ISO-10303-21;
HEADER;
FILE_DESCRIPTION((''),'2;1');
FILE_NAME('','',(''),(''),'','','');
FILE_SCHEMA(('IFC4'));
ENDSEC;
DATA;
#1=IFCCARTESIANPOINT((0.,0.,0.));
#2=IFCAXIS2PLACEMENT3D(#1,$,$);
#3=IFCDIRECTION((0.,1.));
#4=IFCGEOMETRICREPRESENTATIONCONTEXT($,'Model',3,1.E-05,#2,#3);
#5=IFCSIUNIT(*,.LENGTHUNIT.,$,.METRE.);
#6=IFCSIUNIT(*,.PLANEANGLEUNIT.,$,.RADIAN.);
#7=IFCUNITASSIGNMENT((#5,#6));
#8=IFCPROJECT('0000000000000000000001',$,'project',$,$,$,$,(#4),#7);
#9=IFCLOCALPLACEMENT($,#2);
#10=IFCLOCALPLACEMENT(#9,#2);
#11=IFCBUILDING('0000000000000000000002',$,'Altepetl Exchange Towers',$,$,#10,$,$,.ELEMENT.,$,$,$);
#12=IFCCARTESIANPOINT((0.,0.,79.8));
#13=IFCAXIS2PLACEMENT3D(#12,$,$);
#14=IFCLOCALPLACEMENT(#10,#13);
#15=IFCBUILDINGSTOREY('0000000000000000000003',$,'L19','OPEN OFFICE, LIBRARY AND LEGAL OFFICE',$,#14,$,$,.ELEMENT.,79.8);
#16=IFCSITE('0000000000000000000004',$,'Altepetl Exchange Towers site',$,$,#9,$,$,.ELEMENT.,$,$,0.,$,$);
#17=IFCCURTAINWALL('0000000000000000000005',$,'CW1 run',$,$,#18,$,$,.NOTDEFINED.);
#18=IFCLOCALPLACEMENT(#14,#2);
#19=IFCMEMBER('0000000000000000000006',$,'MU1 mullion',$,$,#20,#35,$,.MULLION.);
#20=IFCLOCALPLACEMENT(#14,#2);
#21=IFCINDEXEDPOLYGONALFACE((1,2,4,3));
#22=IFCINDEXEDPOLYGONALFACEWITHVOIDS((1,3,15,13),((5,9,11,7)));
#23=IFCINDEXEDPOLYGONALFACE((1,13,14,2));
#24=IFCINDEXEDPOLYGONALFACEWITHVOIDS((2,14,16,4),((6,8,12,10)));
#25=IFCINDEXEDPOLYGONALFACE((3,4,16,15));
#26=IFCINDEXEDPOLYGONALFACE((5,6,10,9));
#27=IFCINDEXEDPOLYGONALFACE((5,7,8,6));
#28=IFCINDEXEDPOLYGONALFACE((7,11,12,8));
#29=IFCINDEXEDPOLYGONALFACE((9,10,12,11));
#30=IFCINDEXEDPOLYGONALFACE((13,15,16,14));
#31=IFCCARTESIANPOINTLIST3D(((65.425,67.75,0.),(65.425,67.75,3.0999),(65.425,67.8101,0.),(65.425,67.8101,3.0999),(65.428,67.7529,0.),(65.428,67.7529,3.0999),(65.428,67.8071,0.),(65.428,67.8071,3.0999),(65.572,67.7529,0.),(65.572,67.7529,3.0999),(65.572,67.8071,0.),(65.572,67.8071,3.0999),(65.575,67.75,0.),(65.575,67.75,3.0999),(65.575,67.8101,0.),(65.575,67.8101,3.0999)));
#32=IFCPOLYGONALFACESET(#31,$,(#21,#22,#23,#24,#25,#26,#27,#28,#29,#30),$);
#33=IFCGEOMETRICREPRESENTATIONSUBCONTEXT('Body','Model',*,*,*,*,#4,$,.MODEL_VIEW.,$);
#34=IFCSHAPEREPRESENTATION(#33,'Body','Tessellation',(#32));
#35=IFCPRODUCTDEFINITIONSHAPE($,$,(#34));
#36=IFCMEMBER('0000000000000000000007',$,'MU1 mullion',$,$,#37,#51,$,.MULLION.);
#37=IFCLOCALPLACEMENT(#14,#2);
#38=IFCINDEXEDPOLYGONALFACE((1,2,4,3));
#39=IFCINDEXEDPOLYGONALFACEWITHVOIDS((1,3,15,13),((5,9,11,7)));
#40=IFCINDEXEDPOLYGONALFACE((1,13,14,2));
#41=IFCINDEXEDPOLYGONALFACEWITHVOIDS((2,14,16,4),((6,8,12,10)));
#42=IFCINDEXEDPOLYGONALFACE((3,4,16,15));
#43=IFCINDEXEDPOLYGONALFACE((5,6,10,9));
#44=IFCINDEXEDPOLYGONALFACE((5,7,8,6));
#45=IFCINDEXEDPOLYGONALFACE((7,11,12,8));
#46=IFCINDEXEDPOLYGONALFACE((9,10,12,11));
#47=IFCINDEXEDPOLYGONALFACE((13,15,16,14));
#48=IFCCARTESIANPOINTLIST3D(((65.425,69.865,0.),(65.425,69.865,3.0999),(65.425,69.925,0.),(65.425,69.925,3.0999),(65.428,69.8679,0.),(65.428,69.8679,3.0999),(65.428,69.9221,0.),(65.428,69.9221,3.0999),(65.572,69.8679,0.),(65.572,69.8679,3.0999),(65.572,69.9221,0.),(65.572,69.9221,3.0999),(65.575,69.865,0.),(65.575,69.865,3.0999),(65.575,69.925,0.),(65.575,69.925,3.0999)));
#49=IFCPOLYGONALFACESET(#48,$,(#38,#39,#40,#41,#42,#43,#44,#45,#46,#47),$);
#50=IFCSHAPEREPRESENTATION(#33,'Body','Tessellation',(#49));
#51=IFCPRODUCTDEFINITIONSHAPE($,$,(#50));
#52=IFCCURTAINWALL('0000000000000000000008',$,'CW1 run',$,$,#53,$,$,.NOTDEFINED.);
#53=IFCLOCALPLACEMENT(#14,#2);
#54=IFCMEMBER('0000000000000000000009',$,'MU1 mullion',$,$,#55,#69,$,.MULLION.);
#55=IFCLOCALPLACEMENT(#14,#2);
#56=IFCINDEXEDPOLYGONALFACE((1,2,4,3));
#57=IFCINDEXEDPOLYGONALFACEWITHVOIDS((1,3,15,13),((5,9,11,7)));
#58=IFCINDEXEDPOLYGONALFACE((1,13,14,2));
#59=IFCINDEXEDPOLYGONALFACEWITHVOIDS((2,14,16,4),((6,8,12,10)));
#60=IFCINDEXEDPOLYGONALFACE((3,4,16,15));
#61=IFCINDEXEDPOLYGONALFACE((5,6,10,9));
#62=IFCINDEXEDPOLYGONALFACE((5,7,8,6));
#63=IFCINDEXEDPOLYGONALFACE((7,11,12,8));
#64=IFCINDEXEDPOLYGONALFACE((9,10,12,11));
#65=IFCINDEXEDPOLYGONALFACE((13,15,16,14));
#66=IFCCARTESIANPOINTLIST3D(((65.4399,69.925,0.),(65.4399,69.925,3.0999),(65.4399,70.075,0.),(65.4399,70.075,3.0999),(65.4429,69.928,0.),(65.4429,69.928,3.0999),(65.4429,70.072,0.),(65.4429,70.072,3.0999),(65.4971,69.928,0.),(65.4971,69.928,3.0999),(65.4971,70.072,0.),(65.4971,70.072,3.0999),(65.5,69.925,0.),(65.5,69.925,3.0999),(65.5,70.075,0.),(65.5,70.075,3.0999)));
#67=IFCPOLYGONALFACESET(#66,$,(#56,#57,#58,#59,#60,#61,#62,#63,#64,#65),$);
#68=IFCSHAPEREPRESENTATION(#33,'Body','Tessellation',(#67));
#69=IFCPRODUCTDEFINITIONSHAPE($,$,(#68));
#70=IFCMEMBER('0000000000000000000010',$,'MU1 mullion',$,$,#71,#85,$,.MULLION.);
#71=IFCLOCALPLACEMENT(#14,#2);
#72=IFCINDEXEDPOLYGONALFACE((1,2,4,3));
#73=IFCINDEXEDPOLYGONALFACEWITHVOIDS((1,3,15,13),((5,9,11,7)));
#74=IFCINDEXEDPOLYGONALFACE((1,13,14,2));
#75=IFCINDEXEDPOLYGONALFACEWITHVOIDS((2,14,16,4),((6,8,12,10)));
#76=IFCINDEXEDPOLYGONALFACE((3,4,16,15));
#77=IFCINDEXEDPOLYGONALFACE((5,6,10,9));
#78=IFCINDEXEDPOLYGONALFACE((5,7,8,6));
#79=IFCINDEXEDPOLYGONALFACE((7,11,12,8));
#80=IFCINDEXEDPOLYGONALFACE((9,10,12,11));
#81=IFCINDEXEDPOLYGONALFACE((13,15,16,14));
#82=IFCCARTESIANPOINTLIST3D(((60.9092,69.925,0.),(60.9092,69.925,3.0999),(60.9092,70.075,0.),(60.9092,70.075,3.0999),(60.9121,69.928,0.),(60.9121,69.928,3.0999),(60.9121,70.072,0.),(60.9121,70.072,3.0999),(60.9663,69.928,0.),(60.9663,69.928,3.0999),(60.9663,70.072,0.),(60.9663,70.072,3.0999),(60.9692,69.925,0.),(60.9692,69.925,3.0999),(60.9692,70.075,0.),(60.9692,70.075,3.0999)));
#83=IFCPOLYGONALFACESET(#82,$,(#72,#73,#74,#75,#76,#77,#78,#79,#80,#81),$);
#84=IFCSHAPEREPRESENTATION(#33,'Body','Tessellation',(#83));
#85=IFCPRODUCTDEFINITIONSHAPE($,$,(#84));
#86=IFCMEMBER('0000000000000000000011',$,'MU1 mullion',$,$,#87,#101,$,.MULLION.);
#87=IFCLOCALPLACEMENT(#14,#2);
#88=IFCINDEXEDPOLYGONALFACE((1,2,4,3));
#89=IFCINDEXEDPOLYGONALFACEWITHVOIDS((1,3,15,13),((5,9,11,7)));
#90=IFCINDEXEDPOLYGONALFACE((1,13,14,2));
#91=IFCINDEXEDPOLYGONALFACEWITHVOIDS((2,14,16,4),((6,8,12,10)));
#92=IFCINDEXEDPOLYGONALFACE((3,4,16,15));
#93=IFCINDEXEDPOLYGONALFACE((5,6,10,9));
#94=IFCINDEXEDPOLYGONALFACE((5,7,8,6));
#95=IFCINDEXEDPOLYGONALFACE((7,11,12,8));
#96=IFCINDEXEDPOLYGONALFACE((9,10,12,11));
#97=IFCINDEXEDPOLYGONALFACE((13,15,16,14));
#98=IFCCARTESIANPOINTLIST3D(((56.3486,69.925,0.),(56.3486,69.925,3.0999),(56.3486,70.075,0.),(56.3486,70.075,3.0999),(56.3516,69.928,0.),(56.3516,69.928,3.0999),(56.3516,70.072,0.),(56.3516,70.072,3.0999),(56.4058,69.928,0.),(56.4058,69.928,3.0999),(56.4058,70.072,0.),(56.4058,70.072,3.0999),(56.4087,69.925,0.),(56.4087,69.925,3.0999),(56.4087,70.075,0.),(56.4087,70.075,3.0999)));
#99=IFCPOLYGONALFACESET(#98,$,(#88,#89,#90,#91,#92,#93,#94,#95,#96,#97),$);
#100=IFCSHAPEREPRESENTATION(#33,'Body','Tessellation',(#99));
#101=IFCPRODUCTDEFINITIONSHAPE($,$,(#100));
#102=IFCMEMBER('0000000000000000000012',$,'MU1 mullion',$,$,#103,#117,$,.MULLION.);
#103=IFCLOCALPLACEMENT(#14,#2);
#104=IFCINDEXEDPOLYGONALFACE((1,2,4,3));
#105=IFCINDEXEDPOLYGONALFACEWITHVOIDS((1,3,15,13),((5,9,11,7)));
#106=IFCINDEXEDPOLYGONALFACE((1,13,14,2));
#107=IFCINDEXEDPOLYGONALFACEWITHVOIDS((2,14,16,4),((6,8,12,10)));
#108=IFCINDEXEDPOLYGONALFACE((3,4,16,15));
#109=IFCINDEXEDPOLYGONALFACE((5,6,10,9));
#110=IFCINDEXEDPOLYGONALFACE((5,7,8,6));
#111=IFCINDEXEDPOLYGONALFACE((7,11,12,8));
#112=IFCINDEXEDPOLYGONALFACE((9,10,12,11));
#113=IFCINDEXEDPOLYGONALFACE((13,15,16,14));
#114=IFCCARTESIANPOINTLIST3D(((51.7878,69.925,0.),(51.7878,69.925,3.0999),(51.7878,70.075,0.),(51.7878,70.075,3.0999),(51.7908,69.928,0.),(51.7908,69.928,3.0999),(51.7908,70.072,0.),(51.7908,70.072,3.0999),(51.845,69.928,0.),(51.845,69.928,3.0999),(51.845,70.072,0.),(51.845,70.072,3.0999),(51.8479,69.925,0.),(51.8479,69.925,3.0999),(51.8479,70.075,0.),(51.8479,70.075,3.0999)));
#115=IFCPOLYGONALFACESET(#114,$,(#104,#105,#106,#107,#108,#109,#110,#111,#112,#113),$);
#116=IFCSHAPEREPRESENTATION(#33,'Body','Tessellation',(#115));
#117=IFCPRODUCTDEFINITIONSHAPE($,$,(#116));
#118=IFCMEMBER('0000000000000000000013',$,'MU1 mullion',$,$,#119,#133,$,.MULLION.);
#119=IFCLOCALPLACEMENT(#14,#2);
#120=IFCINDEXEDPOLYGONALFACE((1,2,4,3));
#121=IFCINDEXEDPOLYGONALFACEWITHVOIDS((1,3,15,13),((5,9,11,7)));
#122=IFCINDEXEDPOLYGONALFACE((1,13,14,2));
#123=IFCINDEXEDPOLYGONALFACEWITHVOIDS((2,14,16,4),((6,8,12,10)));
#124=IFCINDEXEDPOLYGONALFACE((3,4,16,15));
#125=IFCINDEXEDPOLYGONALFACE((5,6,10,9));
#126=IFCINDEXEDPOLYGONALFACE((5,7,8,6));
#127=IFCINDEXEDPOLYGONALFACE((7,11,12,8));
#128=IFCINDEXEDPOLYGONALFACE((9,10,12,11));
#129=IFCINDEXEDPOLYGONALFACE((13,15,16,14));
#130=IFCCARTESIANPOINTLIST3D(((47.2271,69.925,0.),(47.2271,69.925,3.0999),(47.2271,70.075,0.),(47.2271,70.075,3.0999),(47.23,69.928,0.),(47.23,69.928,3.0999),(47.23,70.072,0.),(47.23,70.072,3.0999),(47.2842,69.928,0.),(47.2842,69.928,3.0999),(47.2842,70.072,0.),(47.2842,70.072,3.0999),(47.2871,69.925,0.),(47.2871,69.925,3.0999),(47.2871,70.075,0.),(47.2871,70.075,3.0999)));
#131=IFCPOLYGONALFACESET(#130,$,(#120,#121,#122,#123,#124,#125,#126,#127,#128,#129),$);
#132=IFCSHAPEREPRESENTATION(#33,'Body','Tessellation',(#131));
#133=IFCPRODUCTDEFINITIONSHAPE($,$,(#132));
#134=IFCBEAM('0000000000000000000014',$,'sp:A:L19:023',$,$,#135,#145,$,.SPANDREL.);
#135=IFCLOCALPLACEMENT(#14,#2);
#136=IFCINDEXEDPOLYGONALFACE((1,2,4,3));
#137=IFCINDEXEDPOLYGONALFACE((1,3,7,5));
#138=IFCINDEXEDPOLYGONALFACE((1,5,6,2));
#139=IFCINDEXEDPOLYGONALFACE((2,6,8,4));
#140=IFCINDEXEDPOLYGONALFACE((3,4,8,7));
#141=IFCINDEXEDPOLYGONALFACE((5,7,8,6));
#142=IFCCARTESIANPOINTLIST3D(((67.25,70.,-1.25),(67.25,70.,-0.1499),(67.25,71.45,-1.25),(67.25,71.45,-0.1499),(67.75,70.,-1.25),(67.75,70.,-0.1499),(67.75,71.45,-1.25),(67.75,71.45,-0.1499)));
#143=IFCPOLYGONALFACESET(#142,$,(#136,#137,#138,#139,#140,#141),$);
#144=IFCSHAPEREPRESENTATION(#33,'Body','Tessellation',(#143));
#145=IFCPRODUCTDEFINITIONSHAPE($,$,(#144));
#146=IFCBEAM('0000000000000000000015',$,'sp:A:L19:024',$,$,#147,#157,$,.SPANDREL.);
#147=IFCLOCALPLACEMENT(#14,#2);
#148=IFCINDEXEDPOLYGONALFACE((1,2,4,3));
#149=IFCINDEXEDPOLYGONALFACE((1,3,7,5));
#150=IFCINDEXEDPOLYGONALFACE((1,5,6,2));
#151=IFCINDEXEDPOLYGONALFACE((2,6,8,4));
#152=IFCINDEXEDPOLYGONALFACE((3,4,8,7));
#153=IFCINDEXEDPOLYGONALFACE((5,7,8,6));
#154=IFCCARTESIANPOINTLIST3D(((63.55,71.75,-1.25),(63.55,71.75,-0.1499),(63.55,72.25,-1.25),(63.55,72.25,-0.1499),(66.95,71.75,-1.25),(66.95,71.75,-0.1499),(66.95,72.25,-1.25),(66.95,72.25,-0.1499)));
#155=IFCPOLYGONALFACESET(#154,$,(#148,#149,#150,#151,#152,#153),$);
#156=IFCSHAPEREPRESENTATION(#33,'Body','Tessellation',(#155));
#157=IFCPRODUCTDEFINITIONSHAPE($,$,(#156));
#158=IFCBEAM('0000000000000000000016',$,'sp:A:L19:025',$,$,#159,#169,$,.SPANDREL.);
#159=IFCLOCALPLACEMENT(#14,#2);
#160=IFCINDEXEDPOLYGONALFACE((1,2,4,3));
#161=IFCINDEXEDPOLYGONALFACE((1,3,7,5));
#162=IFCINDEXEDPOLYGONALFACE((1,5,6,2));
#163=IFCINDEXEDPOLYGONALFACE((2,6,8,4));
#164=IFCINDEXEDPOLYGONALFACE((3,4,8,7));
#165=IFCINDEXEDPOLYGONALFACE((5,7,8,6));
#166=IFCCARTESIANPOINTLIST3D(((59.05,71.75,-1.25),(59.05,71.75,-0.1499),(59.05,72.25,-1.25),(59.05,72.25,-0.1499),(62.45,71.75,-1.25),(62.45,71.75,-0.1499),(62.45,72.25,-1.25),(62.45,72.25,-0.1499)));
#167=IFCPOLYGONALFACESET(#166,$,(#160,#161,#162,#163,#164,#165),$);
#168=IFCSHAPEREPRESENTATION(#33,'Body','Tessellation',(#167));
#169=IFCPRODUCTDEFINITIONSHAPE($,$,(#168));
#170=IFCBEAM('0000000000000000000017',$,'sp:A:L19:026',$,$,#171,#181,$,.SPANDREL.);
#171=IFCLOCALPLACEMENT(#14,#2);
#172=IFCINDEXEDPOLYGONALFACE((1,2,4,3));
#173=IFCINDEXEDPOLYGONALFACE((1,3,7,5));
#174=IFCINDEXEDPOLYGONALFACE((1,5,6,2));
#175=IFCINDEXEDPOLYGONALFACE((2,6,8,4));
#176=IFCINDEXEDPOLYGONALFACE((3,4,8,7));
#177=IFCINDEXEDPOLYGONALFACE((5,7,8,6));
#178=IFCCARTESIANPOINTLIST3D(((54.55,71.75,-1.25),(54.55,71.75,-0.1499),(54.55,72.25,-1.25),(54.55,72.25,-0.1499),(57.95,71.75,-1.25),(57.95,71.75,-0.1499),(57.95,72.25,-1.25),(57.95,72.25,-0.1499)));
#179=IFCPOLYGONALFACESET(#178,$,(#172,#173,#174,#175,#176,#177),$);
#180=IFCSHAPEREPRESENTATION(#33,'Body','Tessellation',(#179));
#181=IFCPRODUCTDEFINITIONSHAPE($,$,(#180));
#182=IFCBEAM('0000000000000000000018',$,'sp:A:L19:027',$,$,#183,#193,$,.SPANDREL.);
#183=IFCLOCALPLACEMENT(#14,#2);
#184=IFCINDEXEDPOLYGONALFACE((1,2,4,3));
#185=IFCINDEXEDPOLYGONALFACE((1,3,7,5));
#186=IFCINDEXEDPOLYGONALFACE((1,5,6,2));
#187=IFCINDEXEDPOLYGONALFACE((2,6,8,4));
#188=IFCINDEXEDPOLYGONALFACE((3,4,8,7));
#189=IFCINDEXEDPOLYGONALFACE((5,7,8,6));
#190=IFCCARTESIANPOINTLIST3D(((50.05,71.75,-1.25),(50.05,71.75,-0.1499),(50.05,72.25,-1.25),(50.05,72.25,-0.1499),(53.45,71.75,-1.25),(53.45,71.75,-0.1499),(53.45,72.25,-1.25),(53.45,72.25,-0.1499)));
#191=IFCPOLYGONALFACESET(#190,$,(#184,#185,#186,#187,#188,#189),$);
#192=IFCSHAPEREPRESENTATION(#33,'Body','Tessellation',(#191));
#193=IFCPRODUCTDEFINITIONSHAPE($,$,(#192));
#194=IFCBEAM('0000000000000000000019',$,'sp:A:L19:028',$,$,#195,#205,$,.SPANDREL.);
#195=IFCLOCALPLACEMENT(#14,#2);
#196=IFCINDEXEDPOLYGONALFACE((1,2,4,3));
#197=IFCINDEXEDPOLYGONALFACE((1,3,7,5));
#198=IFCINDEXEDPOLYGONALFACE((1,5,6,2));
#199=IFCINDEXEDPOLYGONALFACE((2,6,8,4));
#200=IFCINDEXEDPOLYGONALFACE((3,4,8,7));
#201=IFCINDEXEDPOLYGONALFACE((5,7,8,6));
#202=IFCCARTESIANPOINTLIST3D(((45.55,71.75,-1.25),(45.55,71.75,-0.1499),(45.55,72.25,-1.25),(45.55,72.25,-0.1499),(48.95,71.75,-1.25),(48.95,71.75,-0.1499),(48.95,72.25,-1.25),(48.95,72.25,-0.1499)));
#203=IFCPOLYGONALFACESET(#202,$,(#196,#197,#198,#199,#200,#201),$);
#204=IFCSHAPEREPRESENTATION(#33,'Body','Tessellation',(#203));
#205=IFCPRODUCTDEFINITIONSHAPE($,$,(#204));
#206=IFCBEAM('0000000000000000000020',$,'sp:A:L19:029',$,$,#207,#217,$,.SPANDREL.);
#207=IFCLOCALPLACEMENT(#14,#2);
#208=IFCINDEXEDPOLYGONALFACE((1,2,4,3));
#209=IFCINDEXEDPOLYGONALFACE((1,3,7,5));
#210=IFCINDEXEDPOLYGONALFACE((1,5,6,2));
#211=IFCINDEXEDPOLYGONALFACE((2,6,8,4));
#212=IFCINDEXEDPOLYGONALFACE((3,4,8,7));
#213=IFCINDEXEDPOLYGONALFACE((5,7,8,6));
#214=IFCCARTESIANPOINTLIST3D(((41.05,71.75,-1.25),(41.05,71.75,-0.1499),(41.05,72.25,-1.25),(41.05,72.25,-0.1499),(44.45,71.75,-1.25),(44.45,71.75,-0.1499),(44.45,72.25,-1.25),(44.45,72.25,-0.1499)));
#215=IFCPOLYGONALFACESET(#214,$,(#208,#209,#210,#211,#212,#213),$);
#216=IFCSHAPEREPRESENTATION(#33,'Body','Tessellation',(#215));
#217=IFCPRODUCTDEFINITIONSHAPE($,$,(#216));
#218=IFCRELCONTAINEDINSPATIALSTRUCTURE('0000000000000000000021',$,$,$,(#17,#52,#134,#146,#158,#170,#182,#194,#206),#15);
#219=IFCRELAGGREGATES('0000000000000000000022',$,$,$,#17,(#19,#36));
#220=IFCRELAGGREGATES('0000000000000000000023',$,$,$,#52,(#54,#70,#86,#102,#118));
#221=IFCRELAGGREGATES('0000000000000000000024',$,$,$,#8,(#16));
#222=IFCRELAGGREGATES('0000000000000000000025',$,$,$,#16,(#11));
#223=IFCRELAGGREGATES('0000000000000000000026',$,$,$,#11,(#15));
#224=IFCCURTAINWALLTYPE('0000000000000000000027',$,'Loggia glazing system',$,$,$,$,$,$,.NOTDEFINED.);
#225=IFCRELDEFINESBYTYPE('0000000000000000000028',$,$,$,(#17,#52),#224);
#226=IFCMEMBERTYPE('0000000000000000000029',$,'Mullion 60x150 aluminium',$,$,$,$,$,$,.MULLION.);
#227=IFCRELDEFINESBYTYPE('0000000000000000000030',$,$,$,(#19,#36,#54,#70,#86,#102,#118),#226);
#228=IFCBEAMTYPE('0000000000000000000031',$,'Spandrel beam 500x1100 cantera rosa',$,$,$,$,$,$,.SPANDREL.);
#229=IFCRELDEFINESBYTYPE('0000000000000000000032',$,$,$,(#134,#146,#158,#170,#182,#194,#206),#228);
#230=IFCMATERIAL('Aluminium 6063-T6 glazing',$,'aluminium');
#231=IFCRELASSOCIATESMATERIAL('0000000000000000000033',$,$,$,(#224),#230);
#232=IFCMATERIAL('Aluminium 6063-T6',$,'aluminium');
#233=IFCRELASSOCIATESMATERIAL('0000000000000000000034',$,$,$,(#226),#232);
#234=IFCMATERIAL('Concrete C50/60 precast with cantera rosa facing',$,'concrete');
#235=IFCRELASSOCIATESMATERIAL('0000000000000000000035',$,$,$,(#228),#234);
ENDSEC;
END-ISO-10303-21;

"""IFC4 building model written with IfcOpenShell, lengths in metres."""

from ifc_helpers import new_model, si_unit, direction, frame, origin, origin_2d, place, context, subcontext, project, spatial, rectangle, hollow_rectangle, extrude, material, material_profile, profile_set, type_object, element, aggregate, save


model = new_model("IFC4")

# Units and contexts
model_context = context("Model", 3, precision=1e-05, world=origin(), true_north=direction((0.0, 1.0)))
body_context = subcontext(model_context, "Body", "Model", "MODEL_VIEW")
ifc_project = project(units=[si_unit("LENGTHUNIT", "METRE"), si_unit("PLANEANGLEUNIT", "RADIAN")], contexts=[model_context])

# Site, building, storey
site_placement = place(None, origin())
site = spatial("IfcSite", under=ifc_project, at=site_placement, Name="Altepetl Exchange Towers site", CompositionType="ELEMENT", RefElevation=0.0)
building_placement = place(site_placement, origin())
building = spatial("IfcBuilding", under=site, at=building_placement, Name="Altepetl Exchange Towers", CompositionType="ELEMENT")
storey_placement = place(building_placement, frame((0.0, 0.0, 79.8)))
storey = spatial("IfcBuildingStorey", under=building, at=storey_placement, Name="L19", Description="OPEN OFFICE, LIBRARY AND LEGAL OFFICE", CompositionType="ELEMENT", Elevation=79.8)

# Shared definitions
ifc_material_1 = material(Name="Aluminium 6063-T6 glazing", Category="aluminium")
curtain_wall_type = type_object("IfcCurtainWallType", Name="Loggia glazing system", PredefinedType="NOTDEFINED", material=ifc_material_1)
ifc_material_2 = material(Name="Aluminium 6063-T6", Category="aluminium")
ifc_material_profile_1 = material_profile(ifc_material_2, hollow_rectangle(XDim=0.0601, YDim=0.1499, WallThickness=0.0029, at=origin_2d()), Name="Mullion 60x150 aluminium")
ifc_profile_set_1 = profile_set([ifc_material_profile_1], Name="Aluminium 6063-T6")
member_type = type_object("IfcMemberType", Name="Mullion 60x150 aluminium", PredefinedType="MULLION", material=ifc_profile_set_1)

# Curtain walls, members
curtain_wall_1_placement = place(storey_placement, origin())
curtain_wall_1 = element("IfcCurtainWall", 1, at=curtain_wall_1_placement, inside=storey, type_object=curtain_wall_type, Name="CW1 run", PredefinedType="NOTDEFINED")
member_1_placement = place(storey_placement, frame((65.5, 67.78, 0.0), z_axis=(0.0, 0.0, 1.0), x_axis=(0.0, 1.0, 0.0)))
member_1 = element("IfcMember", 2, at=member_1_placement, type_object=member_type, Name="MU1 mullion", PredefinedType="MULLION", context=body_context, shape_type="SweptSolid", body=[
    extrude(hollow_rectangle(XDim=0.0601, YDim=0.1499, WallThickness=0.0029, at=origin_2d()), origin(), (0.0, 0.0, 1.0), 3.0999),
])
member_2_placement = place(storey_placement, frame((65.5, 69.895, 0.0), z_axis=(0.0, 0.0, 1.0), x_axis=(0.0, 1.0, 0.0)))
member_2 = element("IfcMember", 3, at=member_2_placement, type_object=member_type, Name="MU1 mullion", PredefinedType="MULLION", context=body_context, shape_type="SweptSolid", body=[
    extrude(hollow_rectangle(XDim=0.0601, YDim=0.1499, WallThickness=0.0029, at=origin_2d()), origin(), (0.0, 0.0, 1.0), 3.0999),
])
curtain_wall_2_placement = place(storey_placement, origin())
curtain_wall_2 = element("IfcCurtainWall", 4, at=curtain_wall_2_placement, inside=storey, type_object=curtain_wall_type, Name="CW1 run", PredefinedType="NOTDEFINED")
member_3_placement = place(storey_placement, frame((65.47, 70.0, 0.0), z_axis=(0.0, 0.0, 1.0), x_axis=(-1.0, 0.0, 0.0)))
member_3 = element("IfcMember", 5, at=member_3_placement, type_object=member_type, Name="MU1 mullion", PredefinedType="MULLION", context=body_context, shape_type="SweptSolid", body=[
    extrude(hollow_rectangle(XDim=0.0601, YDim=0.1499, WallThickness=0.0029, at=origin_2d()), origin(), (0.0, 0.0, 1.0), 3.0999),
])
member_4_placement = place(storey_placement, frame((60.9392, 70.0, 0.0), z_axis=(0.0, 0.0, 1.0), x_axis=(-1.0, 0.0, 0.0)))
member_4 = element("IfcMember", 6, at=member_4_placement, type_object=member_type, Name="MU1 mullion", PredefinedType="MULLION", context=body_context, shape_type="SweptSolid", body=[
    extrude(hollow_rectangle(XDim=0.0601, YDim=0.1499, WallThickness=0.0029, at=origin_2d()), origin(), (0.0, 0.0, 1.0), 3.0999),
])
member_5_placement = place(storey_placement, frame((56.3787, 70.0, 0.0), z_axis=(0.0, 0.0, 1.0), x_axis=(-1.0, 0.0, 0.0)))
member_5 = element("IfcMember", 7, at=member_5_placement, type_object=member_type, Name="MU1 mullion", PredefinedType="MULLION", context=body_context, shape_type="SweptSolid", body=[
    extrude(hollow_rectangle(XDim=0.0601, YDim=0.1499, WallThickness=0.0029, at=origin_2d()), origin(), (0.0, 0.0, 1.0), 3.0999),
])
member_6_placement = place(storey_placement, frame((51.8179, 70.0, 0.0), z_axis=(0.0, 0.0, 1.0), x_axis=(-1.0, 0.0, 0.0)))
member_6 = element("IfcMember", 8, at=member_6_placement, type_object=member_type, Name="MU1 mullion", PredefinedType="MULLION", context=body_context, shape_type="SweptSolid", body=[
    extrude(hollow_rectangle(XDim=0.0601, YDim=0.1499, WallThickness=0.0029, at=origin_2d()), origin(), (0.0, 0.0, 1.0), 3.0999),
])
member_7_placement = place(storey_placement, frame((47.2571, 70.0, 0.0), z_axis=(0.0, 0.0, 1.0), x_axis=(-1.0, 0.0, 0.0)))
member_7 = element("IfcMember", 9, at=member_7_placement, type_object=member_type, Name="MU1 mullion", PredefinedType="MULLION", context=body_context, shape_type="SweptSolid", body=[
    extrude(hollow_rectangle(XDim=0.0601, YDim=0.1499, WallThickness=0.0029, at=origin_2d()), origin(), (0.0, 0.0, 1.0), 3.0999),
])

# Beams
ifc_material_3 = material(Name="Concrete C50/60 precast with cantera rosa facing", Category="concrete")
ifc_material_profile_2 = material_profile(ifc_material_3, rectangle(XDim=0.5, YDim=1.1001, at=origin_2d()), Name="500 x 1100")
ifc_profile_set_2 = profile_set([ifc_material_profile_2], Name="Concrete C50/60 precast with cantera rosa facing")
beam_type_1 = type_object("IfcBeamType", Name="Spandrel beam 500x1100 cantera rosa", PredefinedType="SPANDREL", material=ifc_profile_set_2)
beam_1_placement = place(storey_placement, frame((67.5, 70.0, -0.7), z_axis=(0.0, 1.0, 0.0), x_axis=(-1.0, 0.0, 0.0)))
element("IfcBeam", 10, at=beam_1_placement, inside=storey, type_object=beam_type_1, Name="sp:A:L19:023", PredefinedType="SPANDREL", context=body_context, shape_type="SweptSolid", body=[
    extrude(rectangle(XDim=0.5, YDim=1.1001, at=origin_2d()), origin(), (0.0, 0.0, 1.0), 1.45),
])
for number, where, z_axis, x_axis, name in (
    (11, (66.95, 72.0, -0.7), (-1.0, 0.0, 0.0), (0.0, -1.0, 0.0), "sp:A:L19:024"),
    (12, (62.45, 72.0, -0.7), (-1.0, 0.0, 0.0), (0.0, -1.0, 0.0), "sp:A:L19:025"),
    (13, (57.95, 72.0, -0.7), (-1.0, 0.0, 0.0), (0.0, -1.0, 0.0), "sp:A:L19:026"),
    (14, (53.45, 72.0, -0.7), (-1.0, 0.0, 0.0), (0.0, -1.0, 0.0), "sp:A:L19:027"),
    (15, (48.95, 72.0, -0.7), (-1.0, 0.0, 0.0), (0.0, -1.0, 0.0), "sp:A:L19:028"),
    (16, (44.45, 72.0, -0.7), (-1.0, 0.0, 0.0), (0.0, -1.0, 0.0), "sp:A:L19:029"),
):
    element("IfcBeam", number, at=place(storey_placement, frame(where, z_axis=z_axis, x_axis=x_axis)), inside=storey, type_object=beam_type_1, Name=name, PredefinedType="SPANDREL", context=body_context, shape_type="SweptSolid", body=[
        extrude(rectangle(XDim=0.5, YDim=1.1001, at=origin_2d()), origin(), (0.0, 0.0, 1.0), 3.3999),
    ])

aggregate(curtain_wall_1, [member_1, member_2])
aggregate(curtain_wall_2, [member_3, member_4, member_5, member_6, member_7])

save(model, "model.ifc")
